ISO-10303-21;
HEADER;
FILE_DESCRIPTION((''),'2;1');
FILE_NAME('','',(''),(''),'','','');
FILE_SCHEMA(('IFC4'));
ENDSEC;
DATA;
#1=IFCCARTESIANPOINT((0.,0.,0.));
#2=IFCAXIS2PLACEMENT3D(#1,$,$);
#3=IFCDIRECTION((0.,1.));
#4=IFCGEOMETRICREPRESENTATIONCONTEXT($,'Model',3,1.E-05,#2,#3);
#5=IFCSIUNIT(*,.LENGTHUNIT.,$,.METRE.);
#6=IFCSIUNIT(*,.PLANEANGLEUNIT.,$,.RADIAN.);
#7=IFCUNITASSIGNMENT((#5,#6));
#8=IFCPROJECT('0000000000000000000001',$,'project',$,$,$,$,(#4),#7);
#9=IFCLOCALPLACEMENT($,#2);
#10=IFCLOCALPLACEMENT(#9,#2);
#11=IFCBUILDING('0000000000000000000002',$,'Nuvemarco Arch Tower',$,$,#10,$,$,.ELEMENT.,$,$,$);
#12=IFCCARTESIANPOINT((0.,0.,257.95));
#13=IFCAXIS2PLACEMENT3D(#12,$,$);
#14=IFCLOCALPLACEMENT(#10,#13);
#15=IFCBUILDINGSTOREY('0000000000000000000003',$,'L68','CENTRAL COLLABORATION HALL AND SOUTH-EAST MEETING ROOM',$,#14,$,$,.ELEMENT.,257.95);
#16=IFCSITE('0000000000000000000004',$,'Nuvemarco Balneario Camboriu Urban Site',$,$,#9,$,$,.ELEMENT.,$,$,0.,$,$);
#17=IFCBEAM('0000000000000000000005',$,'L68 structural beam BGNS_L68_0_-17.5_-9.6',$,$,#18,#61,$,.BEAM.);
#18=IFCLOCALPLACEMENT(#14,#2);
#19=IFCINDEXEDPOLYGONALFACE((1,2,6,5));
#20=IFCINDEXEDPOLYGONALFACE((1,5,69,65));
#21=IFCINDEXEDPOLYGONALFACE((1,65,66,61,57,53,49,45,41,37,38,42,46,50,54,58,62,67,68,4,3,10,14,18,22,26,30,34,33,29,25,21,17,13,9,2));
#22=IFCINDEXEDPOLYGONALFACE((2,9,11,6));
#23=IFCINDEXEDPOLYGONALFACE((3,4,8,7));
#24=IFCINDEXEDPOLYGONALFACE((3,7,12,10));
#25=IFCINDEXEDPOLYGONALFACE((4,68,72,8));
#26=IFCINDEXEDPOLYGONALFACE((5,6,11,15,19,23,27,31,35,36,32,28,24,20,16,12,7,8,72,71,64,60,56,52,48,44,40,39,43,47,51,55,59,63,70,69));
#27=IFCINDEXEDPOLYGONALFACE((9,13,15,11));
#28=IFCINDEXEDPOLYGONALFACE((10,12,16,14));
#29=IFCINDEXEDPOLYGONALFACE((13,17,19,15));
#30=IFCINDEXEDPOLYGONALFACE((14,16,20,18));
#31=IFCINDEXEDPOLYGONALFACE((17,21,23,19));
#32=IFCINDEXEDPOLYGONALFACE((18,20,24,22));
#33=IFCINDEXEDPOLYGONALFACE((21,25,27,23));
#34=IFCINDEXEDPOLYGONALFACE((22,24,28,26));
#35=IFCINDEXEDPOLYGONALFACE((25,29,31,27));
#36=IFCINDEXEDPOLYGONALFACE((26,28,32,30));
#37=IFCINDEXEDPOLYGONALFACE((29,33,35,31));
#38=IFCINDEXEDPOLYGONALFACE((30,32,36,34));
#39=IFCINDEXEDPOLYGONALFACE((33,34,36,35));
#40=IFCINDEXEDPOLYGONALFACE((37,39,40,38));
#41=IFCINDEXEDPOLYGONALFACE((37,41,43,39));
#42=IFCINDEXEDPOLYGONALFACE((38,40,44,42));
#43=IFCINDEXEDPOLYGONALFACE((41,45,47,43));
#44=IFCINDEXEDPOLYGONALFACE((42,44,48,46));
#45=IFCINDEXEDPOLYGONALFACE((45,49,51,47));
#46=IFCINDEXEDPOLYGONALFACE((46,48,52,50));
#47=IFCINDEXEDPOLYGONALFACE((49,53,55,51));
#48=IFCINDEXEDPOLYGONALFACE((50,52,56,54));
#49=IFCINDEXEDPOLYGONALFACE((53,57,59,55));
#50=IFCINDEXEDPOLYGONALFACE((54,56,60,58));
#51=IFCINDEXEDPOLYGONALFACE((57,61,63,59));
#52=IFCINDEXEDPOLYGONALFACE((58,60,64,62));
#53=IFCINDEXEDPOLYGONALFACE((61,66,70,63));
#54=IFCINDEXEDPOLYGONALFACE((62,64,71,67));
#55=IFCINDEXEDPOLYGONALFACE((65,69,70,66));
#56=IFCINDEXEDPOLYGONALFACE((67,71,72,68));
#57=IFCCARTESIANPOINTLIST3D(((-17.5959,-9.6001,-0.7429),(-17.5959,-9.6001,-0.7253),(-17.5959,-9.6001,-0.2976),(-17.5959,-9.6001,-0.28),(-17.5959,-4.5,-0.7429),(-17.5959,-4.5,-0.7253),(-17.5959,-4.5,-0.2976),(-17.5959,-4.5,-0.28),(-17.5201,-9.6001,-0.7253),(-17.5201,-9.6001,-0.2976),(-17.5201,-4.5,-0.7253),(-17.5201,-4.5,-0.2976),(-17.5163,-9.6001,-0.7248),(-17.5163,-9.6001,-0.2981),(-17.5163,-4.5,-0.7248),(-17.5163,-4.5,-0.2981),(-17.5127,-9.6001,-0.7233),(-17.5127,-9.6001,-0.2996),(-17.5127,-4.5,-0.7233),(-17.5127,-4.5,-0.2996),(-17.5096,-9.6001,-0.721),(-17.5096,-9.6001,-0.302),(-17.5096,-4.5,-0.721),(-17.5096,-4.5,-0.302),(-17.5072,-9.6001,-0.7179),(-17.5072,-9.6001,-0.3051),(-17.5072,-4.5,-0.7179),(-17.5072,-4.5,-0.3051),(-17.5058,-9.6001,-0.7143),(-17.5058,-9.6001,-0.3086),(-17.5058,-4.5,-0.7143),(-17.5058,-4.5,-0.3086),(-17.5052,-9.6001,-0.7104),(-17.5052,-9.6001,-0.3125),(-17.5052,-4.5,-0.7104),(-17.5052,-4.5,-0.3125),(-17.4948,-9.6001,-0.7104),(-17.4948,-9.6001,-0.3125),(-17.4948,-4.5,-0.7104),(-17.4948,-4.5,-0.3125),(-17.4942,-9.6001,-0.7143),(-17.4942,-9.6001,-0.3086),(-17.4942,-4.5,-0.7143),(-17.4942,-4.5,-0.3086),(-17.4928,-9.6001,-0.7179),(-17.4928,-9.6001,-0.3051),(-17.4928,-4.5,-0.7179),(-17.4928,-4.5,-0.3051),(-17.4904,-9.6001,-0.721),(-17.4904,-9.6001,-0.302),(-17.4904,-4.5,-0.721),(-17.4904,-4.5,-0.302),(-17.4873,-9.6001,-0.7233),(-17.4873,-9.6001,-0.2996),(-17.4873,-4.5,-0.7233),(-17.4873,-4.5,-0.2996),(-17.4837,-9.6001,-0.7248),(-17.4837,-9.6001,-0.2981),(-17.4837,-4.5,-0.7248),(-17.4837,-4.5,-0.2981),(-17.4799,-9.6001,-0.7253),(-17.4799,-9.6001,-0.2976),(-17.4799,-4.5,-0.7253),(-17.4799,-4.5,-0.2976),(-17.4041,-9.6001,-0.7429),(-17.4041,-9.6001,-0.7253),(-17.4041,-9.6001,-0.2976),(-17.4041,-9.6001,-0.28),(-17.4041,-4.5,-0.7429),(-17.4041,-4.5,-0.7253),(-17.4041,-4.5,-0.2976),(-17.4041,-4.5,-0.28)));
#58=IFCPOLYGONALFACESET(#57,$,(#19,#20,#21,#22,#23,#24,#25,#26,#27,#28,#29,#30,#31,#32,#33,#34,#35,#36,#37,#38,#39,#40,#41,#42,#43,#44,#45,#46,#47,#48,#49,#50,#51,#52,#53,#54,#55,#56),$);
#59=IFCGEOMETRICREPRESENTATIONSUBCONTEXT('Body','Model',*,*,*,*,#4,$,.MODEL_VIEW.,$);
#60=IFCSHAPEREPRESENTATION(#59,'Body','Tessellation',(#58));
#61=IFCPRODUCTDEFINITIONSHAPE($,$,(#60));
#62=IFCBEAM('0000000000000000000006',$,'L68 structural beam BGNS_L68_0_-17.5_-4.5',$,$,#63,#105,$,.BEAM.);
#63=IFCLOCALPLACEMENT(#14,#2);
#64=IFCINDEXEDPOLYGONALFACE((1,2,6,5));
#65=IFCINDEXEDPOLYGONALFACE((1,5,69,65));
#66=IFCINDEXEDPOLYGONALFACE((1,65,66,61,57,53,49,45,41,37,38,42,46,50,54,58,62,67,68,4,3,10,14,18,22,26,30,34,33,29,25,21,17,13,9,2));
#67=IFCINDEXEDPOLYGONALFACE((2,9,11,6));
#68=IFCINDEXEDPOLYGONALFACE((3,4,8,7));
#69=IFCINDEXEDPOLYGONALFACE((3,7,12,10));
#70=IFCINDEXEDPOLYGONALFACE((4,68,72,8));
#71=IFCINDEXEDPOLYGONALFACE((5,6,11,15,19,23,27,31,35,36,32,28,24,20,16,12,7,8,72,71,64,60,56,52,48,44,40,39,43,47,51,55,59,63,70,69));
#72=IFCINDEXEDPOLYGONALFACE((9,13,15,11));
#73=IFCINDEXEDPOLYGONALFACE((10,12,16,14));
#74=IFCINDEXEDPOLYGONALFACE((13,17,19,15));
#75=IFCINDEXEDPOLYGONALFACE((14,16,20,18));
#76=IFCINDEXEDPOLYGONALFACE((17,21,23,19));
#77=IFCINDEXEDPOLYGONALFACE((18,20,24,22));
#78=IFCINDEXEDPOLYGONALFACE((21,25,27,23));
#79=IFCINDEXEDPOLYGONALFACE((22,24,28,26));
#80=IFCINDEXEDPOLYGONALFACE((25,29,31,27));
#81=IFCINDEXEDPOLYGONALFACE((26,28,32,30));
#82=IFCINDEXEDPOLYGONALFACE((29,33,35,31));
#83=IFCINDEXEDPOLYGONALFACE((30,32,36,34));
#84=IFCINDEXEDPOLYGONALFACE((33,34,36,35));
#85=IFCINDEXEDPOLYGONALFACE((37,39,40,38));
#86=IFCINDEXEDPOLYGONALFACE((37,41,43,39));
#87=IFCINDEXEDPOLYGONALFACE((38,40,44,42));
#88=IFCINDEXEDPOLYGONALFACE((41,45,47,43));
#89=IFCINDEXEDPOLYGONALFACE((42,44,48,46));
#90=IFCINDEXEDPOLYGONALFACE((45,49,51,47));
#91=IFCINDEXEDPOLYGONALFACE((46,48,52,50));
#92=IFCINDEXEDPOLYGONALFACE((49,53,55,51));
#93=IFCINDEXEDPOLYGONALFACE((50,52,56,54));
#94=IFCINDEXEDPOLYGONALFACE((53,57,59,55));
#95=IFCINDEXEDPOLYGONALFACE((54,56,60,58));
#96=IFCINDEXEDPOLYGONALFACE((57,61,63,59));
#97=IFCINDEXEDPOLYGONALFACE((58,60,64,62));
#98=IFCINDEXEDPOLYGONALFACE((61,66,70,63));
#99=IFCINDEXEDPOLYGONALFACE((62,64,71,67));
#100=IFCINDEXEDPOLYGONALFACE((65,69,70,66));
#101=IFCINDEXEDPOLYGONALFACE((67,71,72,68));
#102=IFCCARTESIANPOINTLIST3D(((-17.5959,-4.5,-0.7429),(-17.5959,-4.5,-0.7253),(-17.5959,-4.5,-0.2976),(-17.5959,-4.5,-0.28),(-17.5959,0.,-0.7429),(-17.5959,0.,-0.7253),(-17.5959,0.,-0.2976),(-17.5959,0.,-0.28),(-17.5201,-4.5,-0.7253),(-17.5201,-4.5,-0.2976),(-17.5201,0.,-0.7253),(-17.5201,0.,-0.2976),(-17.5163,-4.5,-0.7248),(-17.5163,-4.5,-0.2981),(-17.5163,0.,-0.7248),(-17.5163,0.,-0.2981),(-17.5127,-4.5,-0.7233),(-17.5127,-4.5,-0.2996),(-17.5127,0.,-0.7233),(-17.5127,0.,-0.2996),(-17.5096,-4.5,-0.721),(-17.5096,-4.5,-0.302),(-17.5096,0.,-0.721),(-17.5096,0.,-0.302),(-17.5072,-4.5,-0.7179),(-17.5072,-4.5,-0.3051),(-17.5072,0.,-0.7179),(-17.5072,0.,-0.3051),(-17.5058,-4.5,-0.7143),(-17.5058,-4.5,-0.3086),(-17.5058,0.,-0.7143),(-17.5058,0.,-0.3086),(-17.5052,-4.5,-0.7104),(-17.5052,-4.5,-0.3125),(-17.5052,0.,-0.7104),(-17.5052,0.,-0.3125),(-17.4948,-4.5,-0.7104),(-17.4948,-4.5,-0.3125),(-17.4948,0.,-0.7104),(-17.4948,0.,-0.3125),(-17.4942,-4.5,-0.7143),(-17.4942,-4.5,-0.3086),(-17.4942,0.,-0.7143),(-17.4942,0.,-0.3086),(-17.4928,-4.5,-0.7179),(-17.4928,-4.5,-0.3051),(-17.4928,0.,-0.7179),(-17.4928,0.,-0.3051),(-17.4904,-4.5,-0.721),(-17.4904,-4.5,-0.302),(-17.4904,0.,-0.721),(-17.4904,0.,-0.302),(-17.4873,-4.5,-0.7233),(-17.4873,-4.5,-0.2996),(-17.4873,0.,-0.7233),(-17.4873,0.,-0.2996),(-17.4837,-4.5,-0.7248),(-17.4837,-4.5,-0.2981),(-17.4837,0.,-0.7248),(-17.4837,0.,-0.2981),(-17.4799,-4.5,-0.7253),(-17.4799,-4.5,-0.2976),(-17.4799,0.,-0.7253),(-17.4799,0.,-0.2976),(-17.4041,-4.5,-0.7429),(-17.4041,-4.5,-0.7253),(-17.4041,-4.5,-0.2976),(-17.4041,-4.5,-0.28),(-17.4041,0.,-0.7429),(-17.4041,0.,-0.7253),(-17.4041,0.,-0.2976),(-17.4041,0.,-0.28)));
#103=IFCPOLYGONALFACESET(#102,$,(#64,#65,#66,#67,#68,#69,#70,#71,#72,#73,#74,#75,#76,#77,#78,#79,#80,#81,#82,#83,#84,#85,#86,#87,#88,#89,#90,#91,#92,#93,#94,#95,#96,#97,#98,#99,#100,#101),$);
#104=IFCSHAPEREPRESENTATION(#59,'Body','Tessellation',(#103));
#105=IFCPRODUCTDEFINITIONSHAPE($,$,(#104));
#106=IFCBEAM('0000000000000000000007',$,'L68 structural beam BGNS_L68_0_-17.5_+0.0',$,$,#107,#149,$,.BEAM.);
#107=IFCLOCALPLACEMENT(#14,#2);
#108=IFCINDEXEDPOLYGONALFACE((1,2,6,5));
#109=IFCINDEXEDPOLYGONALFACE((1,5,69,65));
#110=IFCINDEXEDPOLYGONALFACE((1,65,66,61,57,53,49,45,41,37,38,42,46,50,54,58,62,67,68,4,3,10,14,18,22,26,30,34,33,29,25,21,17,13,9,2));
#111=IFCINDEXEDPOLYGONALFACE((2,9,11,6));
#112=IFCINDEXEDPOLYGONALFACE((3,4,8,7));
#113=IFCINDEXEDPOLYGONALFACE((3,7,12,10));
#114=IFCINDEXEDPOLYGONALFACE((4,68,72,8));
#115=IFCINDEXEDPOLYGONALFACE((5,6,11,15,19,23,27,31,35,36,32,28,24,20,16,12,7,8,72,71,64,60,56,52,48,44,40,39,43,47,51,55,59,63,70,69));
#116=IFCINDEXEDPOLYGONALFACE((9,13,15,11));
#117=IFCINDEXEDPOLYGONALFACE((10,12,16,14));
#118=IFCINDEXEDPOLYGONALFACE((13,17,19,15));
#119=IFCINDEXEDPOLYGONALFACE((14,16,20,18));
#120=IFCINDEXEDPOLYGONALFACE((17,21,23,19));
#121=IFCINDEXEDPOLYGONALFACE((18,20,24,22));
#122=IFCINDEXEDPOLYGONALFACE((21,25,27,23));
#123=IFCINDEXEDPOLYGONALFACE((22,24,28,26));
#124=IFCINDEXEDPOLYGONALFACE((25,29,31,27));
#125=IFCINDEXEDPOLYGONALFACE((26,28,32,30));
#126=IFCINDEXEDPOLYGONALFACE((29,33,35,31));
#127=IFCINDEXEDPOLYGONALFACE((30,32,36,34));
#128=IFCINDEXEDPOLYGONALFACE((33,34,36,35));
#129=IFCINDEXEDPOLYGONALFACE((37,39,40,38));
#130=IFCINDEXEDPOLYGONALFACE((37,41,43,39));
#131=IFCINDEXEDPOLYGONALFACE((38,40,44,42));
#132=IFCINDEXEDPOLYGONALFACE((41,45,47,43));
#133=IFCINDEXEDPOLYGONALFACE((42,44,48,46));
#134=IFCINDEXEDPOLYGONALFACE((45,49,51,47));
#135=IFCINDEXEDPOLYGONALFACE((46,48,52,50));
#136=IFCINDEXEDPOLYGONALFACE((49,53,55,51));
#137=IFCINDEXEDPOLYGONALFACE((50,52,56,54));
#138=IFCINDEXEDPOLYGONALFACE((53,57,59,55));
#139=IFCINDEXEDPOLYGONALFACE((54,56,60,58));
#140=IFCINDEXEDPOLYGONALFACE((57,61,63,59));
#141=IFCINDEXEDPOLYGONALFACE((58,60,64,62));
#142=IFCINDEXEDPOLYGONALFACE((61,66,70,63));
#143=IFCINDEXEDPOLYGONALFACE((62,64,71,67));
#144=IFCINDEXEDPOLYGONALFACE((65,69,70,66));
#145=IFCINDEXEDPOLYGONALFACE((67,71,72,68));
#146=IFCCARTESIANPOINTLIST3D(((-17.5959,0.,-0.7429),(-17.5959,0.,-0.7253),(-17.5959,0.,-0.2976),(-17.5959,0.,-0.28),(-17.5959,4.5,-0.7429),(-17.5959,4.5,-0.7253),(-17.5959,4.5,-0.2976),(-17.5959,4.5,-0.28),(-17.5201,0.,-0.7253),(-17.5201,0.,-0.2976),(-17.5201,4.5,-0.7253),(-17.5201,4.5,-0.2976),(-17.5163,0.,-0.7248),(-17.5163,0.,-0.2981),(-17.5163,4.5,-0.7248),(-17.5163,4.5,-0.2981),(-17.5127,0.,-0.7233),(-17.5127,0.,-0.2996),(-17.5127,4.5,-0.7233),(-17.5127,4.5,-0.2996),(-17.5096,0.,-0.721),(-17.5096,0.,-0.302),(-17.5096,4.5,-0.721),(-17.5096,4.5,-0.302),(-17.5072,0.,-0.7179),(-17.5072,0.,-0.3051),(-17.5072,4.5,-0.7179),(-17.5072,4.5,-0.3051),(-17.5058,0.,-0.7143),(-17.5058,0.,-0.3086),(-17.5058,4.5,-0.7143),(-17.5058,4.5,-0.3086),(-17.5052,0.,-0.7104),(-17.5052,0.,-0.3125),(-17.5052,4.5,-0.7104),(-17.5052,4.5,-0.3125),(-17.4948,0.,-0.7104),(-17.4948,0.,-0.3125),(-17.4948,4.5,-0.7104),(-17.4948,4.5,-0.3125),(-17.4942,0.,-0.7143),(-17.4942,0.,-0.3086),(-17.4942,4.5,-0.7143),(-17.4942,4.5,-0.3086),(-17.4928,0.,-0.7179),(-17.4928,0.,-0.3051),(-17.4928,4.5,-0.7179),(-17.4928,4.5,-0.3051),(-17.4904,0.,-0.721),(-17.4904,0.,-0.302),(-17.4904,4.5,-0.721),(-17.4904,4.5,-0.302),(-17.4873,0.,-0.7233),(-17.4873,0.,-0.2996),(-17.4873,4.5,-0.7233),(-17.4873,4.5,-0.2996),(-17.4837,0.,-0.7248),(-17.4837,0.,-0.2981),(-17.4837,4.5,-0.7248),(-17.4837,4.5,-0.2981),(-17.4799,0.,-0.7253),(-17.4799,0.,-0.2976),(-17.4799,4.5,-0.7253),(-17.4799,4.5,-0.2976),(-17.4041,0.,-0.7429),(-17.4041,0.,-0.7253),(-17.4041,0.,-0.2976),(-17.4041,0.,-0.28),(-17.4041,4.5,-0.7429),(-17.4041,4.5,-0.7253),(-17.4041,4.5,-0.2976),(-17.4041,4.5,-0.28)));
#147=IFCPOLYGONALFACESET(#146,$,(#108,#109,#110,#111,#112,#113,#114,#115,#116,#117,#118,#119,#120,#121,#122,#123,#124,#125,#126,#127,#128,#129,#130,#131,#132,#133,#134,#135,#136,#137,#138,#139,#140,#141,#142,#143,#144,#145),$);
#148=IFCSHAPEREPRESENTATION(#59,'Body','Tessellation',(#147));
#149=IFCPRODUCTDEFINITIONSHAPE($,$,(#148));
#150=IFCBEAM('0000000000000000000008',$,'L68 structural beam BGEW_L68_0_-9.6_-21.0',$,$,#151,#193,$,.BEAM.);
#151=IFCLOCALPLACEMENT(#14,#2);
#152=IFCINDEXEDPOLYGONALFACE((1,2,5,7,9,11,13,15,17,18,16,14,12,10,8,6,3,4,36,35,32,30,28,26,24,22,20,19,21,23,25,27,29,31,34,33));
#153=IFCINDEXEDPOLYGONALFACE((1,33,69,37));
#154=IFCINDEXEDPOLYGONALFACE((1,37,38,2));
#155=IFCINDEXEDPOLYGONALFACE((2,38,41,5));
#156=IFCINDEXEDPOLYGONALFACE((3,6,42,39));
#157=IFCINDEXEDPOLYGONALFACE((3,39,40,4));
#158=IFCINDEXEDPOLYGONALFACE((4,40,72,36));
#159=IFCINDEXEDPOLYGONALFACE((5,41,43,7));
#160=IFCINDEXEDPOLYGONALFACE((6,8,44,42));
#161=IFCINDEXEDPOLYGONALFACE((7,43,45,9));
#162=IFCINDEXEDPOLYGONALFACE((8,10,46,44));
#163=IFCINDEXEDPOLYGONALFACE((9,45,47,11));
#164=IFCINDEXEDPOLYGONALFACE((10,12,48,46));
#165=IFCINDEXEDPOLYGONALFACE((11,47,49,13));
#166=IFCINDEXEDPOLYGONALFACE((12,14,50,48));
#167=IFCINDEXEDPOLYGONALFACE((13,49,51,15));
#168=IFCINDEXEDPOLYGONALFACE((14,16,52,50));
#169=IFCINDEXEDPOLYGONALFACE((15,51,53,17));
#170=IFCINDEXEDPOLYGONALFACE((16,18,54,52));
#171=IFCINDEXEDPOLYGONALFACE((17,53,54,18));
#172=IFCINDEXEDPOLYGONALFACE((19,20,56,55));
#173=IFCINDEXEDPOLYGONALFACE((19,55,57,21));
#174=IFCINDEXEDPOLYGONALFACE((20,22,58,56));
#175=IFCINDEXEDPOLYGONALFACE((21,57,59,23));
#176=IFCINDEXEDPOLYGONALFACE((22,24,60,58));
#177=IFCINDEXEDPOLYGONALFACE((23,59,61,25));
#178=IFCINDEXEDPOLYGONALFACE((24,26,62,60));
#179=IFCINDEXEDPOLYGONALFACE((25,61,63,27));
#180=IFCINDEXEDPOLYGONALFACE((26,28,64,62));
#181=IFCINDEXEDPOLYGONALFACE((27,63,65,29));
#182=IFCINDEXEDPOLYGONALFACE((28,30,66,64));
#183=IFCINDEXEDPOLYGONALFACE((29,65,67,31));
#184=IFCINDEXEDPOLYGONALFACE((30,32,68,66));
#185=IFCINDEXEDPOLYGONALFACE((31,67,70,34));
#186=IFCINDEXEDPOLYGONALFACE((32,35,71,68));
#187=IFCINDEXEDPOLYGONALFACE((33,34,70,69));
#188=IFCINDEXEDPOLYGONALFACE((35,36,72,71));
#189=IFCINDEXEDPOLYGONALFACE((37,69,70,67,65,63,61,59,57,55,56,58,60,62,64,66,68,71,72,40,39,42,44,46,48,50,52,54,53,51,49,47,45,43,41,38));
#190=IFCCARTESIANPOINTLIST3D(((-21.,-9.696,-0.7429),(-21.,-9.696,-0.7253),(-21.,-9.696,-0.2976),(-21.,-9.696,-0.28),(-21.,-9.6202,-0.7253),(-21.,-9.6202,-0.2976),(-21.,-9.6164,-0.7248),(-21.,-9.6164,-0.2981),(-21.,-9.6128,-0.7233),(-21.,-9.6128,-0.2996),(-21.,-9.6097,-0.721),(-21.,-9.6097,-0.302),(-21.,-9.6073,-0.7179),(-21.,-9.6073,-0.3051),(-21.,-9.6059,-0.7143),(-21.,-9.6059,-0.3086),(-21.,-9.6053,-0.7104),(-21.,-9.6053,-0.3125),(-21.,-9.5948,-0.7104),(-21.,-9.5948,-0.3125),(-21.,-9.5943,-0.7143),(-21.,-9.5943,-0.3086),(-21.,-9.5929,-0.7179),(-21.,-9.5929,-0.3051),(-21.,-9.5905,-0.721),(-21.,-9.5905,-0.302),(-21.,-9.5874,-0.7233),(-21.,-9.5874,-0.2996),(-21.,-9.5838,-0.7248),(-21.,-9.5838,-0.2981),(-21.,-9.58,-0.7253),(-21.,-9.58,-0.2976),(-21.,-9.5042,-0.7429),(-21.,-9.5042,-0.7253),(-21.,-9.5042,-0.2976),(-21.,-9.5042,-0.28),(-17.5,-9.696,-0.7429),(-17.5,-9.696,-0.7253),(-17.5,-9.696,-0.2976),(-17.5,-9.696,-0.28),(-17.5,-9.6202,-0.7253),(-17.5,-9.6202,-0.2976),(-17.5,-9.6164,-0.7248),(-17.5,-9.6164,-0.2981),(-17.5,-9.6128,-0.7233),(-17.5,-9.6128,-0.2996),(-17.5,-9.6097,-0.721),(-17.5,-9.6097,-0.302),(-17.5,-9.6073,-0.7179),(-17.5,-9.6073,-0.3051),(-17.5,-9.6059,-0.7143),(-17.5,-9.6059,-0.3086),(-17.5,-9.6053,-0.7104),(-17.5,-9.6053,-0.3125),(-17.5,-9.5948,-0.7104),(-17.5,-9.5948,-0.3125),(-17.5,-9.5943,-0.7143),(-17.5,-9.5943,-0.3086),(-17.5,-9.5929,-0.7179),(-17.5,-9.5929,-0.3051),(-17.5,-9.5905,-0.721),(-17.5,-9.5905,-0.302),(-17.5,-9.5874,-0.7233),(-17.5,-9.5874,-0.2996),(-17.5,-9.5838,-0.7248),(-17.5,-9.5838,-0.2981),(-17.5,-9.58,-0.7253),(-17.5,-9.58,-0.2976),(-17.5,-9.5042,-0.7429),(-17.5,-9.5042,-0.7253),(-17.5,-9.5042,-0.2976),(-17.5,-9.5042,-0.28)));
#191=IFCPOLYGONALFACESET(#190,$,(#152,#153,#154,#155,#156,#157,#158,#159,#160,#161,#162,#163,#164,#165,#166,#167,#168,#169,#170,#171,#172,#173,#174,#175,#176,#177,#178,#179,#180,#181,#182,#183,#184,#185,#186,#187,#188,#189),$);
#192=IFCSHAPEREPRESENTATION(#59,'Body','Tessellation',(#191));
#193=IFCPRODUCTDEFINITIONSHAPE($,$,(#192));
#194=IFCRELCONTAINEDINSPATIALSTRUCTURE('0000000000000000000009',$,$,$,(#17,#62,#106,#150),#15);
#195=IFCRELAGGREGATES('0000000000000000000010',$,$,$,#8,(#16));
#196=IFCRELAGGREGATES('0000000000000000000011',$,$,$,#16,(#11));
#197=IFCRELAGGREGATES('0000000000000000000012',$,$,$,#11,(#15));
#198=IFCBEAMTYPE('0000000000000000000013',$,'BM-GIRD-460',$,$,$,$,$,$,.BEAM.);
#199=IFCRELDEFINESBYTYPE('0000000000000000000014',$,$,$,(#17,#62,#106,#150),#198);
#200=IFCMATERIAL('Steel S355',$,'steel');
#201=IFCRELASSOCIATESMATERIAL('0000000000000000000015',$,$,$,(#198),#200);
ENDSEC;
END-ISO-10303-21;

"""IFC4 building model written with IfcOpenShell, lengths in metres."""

from ifc_helpers import new_model, si_unit, direction, frame, origin, origin_2d, place, context, subcontext, project, spatial, i_section, extrude, material, material_profile, profile_set, type_object, element, save


model = new_model("IFC4")

# Units and contexts
model_context = context("Model", 3, precision=1e-05, world=origin(), true_north=direction((0.0, 1.0)))
body_context = subcontext(model_context, "Body", "Model", "MODEL_VIEW")
ifc_project = project(units=[si_unit("LENGTHUNIT", "METRE"), si_unit("PLANEANGLEUNIT", "RADIAN")], contexts=[model_context])

# Site, building, storey
site_placement = place(None, origin())
site = spatial("IfcSite", under=ifc_project, at=site_placement, Name="Nuvemarco Balneario Camboriu Urban Site", CompositionType="ELEMENT", RefElevation=0.0)
building_placement = place(site_placement, origin())
building = spatial("IfcBuilding", under=site, at=building_placement, Name="Nuvemarco Arch Tower", CompositionType="ELEMENT")
storey_placement = place(building_placement, frame((0.0, 0.0, 257.95)))
storey = spatial("IfcBuildingStorey", under=building, at=storey_placement, Name="L68", Description="CENTRAL COLLABORATION HALL AND SOUTH-EAST MEETING ROOM", CompositionType="ELEMENT", Elevation=257.95)

# Shared definitions
ifc_material_1 = material(Name="Steel S355", Category="steel")

# Beams
ifc_material_profile_1 = material_profile(ifc_material_1, i_section(OverallWidth=0.1919, OverallDepth=0.4629, WebThickness=0.0105, FlangeThickness=0.0176, FilletRadius=0.0149, at=origin_2d()), Name="W460x89")
ifc_profile_set_1 = profile_set([ifc_material_profile_1], Name="Steel S355")
beam_type_1 = type_object("IfcBeamType", Name="BM-GIRD-460", PredefinedType="BEAM", material=ifc_profile_set_1)
beam_1_placement = place(storey_placement, frame((-17.5, -9.6001, -0.5115), z_axis=(0.0, 1.0, 0.0), x_axis=(-1.0, 0.0, 0.0)))
element("IfcBeam", 1, at=beam_1_placement, inside=storey, type_object=beam_type_1, Name="L68 structural beam BGNS_L68_0_-17.5_-9.6", PredefinedType="BEAM", context=body_context, shape_type="SweptSolid", body=[
    extrude(i_section(OverallWidth=0.1919, OverallDepth=0.4629, WebThickness=0.0105, FlangeThickness=0.0176, FilletRadius=0.0149, at=origin_2d()), origin(), (0.0, 0.0, 1.0), 5.1001),
])
for number, where, z_axis, x_axis, name in (
    (2, (-17.5, -4.5, -0.5115), (0.0, 1.0, 0.0), (-1.0, 0.0, 0.0), "L68 structural beam BGNS_L68_0_-17.5_-4.5"),
    (3, (-17.5, 0.0, -0.5115), (0.0, 1.0, 0.0), (-1.0, 0.0, 0.0), "L68 structural beam BGNS_L68_0_-17.5_+0.0"),
):
    element("IfcBeam", number, at=place(storey_placement, frame(where, z_axis=z_axis, x_axis=x_axis)), inside=storey, type_object=beam_type_1, Name=name, PredefinedType="BEAM", context=body_context, shape_type="SweptSolid", body=[
        extrude(i_section(OverallWidth=0.1919, OverallDepth=0.4629, WebThickness=0.0105, FlangeThickness=0.0176, FilletRadius=0.0149, at=origin_2d()), origin(), (0.0, 0.0, 1.0), 4.5),
    ])
beam_2_placement = place(storey_placement, frame((-21.0, -9.6001, -0.5115), z_axis=(1.0, 0.0, 0.0), x_axis=(0.0, 1.0, 0.0)))
element("IfcBeam", 4, at=beam_2_placement, inside=storey, type_object=beam_type_1, Name="L68 structural beam BGEW_L68_0_-9.6_-21.0", PredefinedType="BEAM", context=body_context, shape_type="SweptSolid", body=[
    extrude(i_section(OverallWidth=0.1919, OverallDepth=0.4629, WebThickness=0.0105, FlangeThickness=0.0176, FilletRadius=0.0149, at=origin_2d()), origin(), (0.0, 0.0, 1.0), 3.5),
])

save(model, "model.ifc")
